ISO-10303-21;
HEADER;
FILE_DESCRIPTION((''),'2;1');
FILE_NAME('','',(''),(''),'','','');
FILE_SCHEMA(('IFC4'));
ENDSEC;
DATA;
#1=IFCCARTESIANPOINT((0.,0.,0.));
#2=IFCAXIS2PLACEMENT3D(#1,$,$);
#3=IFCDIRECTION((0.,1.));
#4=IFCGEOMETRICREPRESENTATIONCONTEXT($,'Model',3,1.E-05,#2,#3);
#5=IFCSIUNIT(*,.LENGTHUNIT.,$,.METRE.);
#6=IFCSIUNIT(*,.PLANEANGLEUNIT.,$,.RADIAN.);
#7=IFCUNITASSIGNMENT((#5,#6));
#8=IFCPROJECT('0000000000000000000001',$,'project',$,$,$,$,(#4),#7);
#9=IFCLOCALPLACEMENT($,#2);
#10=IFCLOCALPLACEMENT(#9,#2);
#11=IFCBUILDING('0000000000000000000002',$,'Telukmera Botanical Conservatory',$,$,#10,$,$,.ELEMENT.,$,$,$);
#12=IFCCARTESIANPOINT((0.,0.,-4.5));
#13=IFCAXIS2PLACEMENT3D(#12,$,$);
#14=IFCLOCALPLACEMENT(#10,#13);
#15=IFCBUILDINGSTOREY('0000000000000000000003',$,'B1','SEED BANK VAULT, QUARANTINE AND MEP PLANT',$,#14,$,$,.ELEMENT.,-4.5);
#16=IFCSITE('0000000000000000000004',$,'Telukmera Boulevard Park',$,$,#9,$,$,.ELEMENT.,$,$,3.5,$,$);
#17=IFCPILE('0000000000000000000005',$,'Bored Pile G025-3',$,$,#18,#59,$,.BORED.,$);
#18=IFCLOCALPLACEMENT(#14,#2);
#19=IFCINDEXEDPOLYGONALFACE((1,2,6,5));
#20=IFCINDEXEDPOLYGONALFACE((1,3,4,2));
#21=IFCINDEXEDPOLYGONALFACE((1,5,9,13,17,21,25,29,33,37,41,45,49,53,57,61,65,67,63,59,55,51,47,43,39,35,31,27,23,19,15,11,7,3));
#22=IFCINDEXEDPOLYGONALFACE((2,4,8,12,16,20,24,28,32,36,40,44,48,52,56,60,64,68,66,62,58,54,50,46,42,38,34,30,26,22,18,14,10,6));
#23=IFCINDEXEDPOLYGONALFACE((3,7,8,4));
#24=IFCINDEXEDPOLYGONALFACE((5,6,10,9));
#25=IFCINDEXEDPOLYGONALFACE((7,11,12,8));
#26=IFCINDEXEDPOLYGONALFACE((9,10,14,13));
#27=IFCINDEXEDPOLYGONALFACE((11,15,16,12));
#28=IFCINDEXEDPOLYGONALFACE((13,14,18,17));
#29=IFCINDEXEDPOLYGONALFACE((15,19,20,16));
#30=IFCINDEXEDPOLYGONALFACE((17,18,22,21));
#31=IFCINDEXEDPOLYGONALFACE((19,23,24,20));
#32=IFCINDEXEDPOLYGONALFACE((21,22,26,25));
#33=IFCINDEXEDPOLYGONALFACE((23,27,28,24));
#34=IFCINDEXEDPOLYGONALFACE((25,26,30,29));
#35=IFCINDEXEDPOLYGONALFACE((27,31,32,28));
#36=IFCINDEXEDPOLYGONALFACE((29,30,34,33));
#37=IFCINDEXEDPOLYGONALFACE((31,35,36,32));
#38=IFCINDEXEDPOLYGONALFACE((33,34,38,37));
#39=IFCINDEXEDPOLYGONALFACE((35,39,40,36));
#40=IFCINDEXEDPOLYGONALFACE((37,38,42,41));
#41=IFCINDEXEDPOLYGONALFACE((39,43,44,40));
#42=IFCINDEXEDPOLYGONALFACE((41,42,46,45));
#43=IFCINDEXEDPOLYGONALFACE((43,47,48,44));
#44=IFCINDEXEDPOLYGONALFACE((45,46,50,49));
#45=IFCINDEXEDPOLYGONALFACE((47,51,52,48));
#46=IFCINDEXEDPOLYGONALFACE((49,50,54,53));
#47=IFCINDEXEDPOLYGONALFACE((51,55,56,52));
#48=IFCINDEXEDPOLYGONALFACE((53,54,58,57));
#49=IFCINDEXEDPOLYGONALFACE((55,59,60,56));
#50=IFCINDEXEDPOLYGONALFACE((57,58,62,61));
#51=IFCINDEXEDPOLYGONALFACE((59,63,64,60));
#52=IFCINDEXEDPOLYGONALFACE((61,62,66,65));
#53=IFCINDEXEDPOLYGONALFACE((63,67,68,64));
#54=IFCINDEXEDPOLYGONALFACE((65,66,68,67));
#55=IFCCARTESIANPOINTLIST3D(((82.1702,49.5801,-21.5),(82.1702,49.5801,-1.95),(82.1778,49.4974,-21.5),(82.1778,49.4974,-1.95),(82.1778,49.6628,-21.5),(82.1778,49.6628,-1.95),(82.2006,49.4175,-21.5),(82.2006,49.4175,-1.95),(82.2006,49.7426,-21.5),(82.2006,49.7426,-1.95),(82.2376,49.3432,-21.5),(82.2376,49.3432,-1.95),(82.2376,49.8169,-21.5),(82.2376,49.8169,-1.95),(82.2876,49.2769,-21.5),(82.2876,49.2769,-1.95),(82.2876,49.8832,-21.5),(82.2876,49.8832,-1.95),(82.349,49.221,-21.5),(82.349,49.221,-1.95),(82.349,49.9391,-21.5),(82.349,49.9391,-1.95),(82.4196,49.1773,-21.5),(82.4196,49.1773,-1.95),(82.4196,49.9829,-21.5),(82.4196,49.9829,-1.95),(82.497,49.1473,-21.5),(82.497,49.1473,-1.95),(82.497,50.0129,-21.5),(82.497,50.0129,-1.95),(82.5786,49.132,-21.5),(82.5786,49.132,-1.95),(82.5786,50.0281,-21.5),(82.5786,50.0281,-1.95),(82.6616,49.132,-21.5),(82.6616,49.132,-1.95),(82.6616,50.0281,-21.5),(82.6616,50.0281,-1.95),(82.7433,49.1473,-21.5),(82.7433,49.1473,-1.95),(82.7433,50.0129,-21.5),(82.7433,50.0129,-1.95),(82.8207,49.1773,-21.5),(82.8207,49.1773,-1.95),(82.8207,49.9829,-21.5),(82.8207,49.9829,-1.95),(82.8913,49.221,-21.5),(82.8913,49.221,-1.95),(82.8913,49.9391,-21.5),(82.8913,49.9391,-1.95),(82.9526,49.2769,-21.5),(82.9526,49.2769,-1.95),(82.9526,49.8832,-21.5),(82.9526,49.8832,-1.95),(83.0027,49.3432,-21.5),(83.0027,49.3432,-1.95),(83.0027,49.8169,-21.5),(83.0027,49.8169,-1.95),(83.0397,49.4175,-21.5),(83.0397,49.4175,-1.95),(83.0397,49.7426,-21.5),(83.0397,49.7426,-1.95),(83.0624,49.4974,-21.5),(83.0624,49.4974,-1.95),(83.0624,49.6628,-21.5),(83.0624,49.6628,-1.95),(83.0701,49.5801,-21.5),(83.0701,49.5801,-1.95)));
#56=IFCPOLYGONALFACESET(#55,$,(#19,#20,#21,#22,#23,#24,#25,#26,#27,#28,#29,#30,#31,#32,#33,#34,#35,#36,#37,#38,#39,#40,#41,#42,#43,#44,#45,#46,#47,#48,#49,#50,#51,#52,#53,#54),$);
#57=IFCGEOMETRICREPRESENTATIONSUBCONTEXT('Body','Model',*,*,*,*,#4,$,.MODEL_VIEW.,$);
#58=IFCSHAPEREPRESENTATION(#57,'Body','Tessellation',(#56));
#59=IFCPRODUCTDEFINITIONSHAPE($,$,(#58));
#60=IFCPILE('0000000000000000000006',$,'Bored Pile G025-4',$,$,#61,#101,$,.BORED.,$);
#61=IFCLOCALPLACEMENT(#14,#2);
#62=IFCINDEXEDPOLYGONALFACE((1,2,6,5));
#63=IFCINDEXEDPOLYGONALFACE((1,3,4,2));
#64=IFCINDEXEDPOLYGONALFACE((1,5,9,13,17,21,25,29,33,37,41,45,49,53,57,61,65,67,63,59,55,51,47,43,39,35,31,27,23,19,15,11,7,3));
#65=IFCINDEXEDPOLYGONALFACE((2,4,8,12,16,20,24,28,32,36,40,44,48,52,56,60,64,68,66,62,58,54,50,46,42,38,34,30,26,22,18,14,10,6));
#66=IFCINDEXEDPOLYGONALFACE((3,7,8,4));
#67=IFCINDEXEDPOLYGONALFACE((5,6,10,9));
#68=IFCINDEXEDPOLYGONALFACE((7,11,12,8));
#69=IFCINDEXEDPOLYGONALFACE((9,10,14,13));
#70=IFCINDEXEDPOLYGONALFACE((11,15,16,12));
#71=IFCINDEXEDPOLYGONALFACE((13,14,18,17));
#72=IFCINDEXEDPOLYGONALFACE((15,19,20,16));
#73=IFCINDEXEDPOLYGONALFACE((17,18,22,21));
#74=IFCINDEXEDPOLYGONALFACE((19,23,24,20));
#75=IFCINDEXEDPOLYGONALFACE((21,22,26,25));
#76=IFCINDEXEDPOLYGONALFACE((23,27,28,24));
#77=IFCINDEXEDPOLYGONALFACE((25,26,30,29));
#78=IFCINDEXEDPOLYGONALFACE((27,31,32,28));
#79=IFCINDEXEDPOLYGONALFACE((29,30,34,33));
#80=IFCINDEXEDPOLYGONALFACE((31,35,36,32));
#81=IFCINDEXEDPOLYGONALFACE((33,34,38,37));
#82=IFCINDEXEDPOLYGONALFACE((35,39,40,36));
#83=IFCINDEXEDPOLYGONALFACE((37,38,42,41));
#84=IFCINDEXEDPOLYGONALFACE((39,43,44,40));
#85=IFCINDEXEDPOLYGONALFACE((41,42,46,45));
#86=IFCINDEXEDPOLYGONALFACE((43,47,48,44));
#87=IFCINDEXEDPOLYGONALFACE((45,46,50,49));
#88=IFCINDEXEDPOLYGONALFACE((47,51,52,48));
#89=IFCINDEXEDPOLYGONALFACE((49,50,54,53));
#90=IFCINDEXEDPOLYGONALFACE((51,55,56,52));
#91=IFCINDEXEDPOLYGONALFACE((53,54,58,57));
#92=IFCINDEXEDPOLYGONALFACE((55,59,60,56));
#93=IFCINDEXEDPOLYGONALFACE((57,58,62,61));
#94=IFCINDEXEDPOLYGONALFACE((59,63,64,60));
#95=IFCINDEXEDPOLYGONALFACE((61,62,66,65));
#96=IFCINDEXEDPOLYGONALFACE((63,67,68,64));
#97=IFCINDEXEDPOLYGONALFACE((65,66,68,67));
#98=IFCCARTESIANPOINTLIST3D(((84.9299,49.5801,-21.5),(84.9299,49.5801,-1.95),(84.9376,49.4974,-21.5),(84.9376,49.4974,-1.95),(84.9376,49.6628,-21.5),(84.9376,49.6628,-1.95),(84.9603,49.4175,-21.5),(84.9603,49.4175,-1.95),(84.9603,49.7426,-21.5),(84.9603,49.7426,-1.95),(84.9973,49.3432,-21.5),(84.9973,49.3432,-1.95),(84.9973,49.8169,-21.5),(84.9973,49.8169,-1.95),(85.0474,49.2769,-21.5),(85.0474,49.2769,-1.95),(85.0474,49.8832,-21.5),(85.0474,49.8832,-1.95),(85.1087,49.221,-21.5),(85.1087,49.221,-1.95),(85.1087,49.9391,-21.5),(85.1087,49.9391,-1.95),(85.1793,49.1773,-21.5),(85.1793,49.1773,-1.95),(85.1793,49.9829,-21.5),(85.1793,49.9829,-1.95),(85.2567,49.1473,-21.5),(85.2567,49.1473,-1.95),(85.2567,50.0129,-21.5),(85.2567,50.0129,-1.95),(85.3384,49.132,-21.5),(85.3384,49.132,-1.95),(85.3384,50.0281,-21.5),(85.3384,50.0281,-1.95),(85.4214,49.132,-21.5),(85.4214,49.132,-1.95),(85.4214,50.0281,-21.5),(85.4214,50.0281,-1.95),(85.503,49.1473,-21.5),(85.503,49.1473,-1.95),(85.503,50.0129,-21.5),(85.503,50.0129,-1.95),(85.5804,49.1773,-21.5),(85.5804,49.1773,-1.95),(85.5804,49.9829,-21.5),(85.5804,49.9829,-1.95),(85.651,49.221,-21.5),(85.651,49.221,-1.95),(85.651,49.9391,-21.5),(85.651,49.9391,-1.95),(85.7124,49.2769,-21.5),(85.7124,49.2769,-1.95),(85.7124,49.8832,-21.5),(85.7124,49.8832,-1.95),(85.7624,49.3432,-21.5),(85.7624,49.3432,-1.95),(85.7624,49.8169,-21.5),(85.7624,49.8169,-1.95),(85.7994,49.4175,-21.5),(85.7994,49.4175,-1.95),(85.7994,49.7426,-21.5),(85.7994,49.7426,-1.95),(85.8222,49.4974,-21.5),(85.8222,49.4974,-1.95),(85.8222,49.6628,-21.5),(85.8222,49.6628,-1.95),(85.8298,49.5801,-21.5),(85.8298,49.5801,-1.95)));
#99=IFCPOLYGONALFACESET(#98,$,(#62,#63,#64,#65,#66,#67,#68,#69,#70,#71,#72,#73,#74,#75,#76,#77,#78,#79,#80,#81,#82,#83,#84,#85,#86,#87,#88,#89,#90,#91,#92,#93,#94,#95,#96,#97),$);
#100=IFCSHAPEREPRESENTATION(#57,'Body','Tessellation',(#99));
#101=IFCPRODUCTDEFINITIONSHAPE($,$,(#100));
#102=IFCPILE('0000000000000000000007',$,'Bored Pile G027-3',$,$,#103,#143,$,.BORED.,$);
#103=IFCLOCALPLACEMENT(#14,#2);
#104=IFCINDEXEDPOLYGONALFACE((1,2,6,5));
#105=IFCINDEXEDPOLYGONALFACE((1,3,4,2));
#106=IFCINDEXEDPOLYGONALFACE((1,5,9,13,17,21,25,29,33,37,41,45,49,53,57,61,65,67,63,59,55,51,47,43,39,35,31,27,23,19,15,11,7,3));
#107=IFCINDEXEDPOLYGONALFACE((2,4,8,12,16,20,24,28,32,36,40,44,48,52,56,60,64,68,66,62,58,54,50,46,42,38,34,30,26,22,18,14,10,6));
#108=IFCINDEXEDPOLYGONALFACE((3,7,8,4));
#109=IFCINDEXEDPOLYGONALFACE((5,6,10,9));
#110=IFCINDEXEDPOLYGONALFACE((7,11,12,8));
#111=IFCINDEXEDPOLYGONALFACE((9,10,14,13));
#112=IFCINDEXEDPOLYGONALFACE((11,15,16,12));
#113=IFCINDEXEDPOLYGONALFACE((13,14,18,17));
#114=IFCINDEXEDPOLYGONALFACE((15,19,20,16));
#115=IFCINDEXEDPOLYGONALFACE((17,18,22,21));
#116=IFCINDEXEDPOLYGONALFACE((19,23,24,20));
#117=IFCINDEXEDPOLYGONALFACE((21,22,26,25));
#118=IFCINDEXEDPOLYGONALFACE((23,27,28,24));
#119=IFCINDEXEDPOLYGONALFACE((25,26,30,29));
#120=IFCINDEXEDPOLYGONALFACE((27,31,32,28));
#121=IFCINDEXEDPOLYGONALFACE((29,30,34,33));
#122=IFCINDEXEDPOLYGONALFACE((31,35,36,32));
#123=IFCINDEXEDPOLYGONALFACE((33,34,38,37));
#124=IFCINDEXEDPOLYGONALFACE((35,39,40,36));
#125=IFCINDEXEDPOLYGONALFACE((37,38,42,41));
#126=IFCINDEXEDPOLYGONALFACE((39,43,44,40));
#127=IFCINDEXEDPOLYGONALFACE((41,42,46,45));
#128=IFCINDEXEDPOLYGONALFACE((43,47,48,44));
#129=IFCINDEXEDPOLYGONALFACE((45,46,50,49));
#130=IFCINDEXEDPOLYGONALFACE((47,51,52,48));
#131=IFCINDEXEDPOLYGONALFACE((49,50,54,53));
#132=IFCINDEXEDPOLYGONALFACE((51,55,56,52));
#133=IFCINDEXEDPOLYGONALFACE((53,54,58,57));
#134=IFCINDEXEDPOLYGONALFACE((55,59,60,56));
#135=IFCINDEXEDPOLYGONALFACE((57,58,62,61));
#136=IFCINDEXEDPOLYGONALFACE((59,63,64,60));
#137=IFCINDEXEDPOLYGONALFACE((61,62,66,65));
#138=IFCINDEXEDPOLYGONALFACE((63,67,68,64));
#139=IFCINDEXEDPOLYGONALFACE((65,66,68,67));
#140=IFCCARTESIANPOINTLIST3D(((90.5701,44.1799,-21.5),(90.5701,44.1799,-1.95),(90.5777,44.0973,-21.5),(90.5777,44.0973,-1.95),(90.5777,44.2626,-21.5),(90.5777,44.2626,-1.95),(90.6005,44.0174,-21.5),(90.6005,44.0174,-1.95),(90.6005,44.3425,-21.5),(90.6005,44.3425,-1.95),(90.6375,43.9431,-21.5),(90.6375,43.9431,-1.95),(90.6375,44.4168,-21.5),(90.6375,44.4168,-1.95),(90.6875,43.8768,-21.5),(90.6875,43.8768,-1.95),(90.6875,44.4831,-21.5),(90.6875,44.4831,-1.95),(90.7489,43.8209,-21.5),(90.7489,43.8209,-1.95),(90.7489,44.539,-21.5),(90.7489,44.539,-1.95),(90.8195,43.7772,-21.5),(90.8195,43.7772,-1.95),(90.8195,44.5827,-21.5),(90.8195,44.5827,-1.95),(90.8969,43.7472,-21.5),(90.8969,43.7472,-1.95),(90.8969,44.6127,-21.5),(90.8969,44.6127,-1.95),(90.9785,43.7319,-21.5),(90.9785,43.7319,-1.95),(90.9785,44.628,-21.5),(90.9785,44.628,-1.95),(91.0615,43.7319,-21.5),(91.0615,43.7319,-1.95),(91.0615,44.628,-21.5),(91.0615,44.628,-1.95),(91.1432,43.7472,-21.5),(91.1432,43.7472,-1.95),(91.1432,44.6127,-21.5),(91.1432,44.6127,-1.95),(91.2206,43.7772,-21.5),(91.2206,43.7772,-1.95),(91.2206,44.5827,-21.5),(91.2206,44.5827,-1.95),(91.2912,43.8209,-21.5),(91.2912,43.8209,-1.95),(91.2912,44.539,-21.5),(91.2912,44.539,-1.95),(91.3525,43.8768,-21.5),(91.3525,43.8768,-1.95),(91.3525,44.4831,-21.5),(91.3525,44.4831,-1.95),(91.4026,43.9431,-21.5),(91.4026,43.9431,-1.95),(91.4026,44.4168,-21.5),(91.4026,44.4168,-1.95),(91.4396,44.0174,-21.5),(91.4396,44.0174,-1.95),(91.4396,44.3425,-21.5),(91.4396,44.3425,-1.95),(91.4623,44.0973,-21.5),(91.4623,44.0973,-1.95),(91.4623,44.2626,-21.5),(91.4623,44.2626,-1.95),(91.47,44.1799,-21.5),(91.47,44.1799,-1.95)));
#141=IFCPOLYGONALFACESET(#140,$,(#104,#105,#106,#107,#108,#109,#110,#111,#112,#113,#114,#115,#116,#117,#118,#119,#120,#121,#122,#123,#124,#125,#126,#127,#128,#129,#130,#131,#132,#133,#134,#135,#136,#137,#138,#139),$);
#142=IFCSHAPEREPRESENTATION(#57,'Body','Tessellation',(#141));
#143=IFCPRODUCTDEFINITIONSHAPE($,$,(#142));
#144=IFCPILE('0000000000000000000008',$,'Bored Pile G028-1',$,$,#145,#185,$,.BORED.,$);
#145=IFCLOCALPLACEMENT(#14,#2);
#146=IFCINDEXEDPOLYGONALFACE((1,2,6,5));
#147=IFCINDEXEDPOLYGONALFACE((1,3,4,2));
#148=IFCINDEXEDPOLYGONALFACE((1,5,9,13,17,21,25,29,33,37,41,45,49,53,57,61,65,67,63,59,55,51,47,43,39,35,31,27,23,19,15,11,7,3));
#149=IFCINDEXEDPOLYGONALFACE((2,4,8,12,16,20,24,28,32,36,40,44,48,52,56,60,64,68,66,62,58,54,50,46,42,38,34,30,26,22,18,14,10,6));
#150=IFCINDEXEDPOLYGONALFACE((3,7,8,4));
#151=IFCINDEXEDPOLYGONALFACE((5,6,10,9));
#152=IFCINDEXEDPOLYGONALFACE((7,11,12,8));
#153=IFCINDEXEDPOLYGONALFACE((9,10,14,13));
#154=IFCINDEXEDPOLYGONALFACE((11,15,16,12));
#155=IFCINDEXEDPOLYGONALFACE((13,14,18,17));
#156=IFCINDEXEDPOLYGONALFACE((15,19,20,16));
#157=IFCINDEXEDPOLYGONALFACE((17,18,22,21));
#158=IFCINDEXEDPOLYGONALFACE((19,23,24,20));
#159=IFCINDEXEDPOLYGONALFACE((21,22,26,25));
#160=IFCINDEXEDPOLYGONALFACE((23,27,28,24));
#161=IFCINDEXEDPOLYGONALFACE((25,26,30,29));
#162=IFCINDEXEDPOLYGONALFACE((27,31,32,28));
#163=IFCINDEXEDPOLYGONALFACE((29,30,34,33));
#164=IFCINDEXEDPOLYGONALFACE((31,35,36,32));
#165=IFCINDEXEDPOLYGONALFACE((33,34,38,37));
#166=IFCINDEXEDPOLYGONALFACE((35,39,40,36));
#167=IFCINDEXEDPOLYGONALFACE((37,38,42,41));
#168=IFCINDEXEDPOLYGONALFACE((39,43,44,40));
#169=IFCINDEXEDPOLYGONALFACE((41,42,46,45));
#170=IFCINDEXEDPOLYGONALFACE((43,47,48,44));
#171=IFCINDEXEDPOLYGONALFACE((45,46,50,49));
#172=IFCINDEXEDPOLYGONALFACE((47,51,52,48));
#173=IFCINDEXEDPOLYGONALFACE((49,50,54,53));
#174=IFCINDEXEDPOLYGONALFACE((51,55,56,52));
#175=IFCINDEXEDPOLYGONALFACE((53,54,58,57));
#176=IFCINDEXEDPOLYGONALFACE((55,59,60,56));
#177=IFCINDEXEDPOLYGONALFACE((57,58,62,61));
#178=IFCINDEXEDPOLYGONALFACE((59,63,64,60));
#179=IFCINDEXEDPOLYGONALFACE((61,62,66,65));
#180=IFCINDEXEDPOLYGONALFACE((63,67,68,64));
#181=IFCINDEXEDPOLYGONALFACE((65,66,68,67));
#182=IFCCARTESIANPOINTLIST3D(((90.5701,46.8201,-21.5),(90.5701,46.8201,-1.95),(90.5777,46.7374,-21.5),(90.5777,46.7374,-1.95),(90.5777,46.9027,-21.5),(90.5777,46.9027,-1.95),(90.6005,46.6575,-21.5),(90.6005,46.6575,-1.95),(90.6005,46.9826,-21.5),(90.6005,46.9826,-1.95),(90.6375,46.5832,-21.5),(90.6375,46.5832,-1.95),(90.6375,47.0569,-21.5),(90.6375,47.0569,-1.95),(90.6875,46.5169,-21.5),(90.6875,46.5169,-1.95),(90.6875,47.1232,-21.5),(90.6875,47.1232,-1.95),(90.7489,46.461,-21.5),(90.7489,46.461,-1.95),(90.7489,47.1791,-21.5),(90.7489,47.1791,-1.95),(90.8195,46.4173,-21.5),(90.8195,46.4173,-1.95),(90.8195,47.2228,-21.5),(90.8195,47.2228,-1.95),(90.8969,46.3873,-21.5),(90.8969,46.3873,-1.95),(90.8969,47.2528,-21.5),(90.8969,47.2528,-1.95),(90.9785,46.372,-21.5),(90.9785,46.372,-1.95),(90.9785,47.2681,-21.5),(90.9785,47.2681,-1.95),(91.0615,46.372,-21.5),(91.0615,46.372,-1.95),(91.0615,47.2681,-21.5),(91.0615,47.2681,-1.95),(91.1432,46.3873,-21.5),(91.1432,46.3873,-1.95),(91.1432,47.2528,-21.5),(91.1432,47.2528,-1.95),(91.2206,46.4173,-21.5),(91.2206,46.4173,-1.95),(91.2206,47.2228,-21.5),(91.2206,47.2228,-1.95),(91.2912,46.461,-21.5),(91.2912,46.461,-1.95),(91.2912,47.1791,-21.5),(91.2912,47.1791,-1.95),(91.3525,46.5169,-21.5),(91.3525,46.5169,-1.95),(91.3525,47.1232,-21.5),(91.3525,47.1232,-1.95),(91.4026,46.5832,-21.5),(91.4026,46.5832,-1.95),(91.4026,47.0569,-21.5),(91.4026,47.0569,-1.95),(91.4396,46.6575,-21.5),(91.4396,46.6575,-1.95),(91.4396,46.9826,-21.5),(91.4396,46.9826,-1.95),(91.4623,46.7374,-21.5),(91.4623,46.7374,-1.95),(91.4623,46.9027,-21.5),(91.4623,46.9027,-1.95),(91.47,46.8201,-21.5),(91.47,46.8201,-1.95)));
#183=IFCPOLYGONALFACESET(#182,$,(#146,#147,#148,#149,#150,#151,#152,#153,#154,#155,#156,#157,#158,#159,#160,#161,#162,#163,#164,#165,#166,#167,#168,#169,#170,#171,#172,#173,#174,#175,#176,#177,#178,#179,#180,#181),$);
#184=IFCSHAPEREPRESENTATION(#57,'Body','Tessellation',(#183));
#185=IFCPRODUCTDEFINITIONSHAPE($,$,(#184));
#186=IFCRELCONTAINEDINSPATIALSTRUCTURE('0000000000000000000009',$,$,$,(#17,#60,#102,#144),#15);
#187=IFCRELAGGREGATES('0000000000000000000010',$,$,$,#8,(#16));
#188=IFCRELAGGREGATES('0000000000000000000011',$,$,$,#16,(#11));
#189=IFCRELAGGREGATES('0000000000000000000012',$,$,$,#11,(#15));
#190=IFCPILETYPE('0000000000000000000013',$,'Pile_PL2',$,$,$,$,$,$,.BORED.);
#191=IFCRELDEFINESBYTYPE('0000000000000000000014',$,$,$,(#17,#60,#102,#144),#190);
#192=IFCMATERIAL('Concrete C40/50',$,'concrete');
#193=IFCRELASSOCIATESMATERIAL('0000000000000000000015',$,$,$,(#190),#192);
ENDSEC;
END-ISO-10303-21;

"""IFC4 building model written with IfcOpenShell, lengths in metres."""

from ifc_helpers import new_model, si_unit, direction, frame, origin, origin_2d, place, context, subcontext, project, spatial, circle, extrude, material, material_profile, profile_set, type_object, element, save


model = new_model("IFC4")

# Units and contexts
model_context = context("Model", 3, precision=1e-05, world=origin(), true_north=direction((0.0, 1.0)))
body_context = subcontext(model_context, "Body", "Model", "MODEL_VIEW")
ifc_project = project(units=[si_unit("LENGTHUNIT", "METRE"), si_unit("PLANEANGLEUNIT", "RADIAN")], contexts=[model_context])

# Site, building, storey
site_placement = place(None, origin())
site = spatial("IfcSite", under=ifc_project, at=site_placement, Name="Telukmera Boulevard Park", CompositionType="ELEMENT", RefElevation=3.5)
building_placement = place(site_placement, origin())
building = spatial("IfcBuilding", under=site, at=building_placement, Name="Telukmera Botanical Conservatory", CompositionType="ELEMENT")
storey_placement = place(building_placement, frame((0.0, 0.0, -4.5)))
storey = spatial("IfcBuildingStorey", under=building, at=storey_placement, Name="B1", Description="SEED BANK VAULT, QUARANTINE AND MEP PLANT", CompositionType="ELEMENT", Elevation=-4.5)

# Shared definitions
ifc_material_1 = material(Name="Concrete C40/50", Category="concrete")

# Piles
ifc_material_profile_1 = material_profile(ifc_material_1, circle(Radius=0.45, at=origin_2d()), Name="PILE D900")
ifc_profile_set_1 = profile_set([ifc_material_profile_1], Name="Concrete C40/50")
pile_type = type_object("IfcPileType", Name="Pile_PL2", PredefinedType="BORED", material=ifc_profile_set_1)
for number, where, z_axis, x_axis, name in (
    (1, (82.6201, 49.5801, -1.95), (0.0, 0.0, -1.0), (1.0, 0.0, 0.0), "Bored Pile G025-3"),
    (2, (85.3799, 49.5801, -1.95), (0.0, 0.0, -1.0), (1.0, 0.0, 0.0), "Bored Pile G025-4"),
    (3, (91.02, 44.1799, -1.95), (0.0, 0.0, -1.0), (1.0, 0.0, 0.0), "Bored Pile G027-3"),
    (4, (91.02, 46.8201, -1.95), (0.0, 0.0, -1.0), (1.0, 0.0, 0.0), "Bored Pile G028-1"),
):
    element("IfcPile", number, at=place(storey_placement, frame(where, z_axis=z_axis, x_axis=x_axis)), inside=storey, type_object=pile_type, Name=name, PredefinedType="BORED", context=body_context, shape_type="SweptSolid", body=[
        extrude(circle(Radius=0.45, at=origin_2d()), origin(), (0.0, 0.0, 1.0), 19.55),
    ])

save(model, "model.ifc")
